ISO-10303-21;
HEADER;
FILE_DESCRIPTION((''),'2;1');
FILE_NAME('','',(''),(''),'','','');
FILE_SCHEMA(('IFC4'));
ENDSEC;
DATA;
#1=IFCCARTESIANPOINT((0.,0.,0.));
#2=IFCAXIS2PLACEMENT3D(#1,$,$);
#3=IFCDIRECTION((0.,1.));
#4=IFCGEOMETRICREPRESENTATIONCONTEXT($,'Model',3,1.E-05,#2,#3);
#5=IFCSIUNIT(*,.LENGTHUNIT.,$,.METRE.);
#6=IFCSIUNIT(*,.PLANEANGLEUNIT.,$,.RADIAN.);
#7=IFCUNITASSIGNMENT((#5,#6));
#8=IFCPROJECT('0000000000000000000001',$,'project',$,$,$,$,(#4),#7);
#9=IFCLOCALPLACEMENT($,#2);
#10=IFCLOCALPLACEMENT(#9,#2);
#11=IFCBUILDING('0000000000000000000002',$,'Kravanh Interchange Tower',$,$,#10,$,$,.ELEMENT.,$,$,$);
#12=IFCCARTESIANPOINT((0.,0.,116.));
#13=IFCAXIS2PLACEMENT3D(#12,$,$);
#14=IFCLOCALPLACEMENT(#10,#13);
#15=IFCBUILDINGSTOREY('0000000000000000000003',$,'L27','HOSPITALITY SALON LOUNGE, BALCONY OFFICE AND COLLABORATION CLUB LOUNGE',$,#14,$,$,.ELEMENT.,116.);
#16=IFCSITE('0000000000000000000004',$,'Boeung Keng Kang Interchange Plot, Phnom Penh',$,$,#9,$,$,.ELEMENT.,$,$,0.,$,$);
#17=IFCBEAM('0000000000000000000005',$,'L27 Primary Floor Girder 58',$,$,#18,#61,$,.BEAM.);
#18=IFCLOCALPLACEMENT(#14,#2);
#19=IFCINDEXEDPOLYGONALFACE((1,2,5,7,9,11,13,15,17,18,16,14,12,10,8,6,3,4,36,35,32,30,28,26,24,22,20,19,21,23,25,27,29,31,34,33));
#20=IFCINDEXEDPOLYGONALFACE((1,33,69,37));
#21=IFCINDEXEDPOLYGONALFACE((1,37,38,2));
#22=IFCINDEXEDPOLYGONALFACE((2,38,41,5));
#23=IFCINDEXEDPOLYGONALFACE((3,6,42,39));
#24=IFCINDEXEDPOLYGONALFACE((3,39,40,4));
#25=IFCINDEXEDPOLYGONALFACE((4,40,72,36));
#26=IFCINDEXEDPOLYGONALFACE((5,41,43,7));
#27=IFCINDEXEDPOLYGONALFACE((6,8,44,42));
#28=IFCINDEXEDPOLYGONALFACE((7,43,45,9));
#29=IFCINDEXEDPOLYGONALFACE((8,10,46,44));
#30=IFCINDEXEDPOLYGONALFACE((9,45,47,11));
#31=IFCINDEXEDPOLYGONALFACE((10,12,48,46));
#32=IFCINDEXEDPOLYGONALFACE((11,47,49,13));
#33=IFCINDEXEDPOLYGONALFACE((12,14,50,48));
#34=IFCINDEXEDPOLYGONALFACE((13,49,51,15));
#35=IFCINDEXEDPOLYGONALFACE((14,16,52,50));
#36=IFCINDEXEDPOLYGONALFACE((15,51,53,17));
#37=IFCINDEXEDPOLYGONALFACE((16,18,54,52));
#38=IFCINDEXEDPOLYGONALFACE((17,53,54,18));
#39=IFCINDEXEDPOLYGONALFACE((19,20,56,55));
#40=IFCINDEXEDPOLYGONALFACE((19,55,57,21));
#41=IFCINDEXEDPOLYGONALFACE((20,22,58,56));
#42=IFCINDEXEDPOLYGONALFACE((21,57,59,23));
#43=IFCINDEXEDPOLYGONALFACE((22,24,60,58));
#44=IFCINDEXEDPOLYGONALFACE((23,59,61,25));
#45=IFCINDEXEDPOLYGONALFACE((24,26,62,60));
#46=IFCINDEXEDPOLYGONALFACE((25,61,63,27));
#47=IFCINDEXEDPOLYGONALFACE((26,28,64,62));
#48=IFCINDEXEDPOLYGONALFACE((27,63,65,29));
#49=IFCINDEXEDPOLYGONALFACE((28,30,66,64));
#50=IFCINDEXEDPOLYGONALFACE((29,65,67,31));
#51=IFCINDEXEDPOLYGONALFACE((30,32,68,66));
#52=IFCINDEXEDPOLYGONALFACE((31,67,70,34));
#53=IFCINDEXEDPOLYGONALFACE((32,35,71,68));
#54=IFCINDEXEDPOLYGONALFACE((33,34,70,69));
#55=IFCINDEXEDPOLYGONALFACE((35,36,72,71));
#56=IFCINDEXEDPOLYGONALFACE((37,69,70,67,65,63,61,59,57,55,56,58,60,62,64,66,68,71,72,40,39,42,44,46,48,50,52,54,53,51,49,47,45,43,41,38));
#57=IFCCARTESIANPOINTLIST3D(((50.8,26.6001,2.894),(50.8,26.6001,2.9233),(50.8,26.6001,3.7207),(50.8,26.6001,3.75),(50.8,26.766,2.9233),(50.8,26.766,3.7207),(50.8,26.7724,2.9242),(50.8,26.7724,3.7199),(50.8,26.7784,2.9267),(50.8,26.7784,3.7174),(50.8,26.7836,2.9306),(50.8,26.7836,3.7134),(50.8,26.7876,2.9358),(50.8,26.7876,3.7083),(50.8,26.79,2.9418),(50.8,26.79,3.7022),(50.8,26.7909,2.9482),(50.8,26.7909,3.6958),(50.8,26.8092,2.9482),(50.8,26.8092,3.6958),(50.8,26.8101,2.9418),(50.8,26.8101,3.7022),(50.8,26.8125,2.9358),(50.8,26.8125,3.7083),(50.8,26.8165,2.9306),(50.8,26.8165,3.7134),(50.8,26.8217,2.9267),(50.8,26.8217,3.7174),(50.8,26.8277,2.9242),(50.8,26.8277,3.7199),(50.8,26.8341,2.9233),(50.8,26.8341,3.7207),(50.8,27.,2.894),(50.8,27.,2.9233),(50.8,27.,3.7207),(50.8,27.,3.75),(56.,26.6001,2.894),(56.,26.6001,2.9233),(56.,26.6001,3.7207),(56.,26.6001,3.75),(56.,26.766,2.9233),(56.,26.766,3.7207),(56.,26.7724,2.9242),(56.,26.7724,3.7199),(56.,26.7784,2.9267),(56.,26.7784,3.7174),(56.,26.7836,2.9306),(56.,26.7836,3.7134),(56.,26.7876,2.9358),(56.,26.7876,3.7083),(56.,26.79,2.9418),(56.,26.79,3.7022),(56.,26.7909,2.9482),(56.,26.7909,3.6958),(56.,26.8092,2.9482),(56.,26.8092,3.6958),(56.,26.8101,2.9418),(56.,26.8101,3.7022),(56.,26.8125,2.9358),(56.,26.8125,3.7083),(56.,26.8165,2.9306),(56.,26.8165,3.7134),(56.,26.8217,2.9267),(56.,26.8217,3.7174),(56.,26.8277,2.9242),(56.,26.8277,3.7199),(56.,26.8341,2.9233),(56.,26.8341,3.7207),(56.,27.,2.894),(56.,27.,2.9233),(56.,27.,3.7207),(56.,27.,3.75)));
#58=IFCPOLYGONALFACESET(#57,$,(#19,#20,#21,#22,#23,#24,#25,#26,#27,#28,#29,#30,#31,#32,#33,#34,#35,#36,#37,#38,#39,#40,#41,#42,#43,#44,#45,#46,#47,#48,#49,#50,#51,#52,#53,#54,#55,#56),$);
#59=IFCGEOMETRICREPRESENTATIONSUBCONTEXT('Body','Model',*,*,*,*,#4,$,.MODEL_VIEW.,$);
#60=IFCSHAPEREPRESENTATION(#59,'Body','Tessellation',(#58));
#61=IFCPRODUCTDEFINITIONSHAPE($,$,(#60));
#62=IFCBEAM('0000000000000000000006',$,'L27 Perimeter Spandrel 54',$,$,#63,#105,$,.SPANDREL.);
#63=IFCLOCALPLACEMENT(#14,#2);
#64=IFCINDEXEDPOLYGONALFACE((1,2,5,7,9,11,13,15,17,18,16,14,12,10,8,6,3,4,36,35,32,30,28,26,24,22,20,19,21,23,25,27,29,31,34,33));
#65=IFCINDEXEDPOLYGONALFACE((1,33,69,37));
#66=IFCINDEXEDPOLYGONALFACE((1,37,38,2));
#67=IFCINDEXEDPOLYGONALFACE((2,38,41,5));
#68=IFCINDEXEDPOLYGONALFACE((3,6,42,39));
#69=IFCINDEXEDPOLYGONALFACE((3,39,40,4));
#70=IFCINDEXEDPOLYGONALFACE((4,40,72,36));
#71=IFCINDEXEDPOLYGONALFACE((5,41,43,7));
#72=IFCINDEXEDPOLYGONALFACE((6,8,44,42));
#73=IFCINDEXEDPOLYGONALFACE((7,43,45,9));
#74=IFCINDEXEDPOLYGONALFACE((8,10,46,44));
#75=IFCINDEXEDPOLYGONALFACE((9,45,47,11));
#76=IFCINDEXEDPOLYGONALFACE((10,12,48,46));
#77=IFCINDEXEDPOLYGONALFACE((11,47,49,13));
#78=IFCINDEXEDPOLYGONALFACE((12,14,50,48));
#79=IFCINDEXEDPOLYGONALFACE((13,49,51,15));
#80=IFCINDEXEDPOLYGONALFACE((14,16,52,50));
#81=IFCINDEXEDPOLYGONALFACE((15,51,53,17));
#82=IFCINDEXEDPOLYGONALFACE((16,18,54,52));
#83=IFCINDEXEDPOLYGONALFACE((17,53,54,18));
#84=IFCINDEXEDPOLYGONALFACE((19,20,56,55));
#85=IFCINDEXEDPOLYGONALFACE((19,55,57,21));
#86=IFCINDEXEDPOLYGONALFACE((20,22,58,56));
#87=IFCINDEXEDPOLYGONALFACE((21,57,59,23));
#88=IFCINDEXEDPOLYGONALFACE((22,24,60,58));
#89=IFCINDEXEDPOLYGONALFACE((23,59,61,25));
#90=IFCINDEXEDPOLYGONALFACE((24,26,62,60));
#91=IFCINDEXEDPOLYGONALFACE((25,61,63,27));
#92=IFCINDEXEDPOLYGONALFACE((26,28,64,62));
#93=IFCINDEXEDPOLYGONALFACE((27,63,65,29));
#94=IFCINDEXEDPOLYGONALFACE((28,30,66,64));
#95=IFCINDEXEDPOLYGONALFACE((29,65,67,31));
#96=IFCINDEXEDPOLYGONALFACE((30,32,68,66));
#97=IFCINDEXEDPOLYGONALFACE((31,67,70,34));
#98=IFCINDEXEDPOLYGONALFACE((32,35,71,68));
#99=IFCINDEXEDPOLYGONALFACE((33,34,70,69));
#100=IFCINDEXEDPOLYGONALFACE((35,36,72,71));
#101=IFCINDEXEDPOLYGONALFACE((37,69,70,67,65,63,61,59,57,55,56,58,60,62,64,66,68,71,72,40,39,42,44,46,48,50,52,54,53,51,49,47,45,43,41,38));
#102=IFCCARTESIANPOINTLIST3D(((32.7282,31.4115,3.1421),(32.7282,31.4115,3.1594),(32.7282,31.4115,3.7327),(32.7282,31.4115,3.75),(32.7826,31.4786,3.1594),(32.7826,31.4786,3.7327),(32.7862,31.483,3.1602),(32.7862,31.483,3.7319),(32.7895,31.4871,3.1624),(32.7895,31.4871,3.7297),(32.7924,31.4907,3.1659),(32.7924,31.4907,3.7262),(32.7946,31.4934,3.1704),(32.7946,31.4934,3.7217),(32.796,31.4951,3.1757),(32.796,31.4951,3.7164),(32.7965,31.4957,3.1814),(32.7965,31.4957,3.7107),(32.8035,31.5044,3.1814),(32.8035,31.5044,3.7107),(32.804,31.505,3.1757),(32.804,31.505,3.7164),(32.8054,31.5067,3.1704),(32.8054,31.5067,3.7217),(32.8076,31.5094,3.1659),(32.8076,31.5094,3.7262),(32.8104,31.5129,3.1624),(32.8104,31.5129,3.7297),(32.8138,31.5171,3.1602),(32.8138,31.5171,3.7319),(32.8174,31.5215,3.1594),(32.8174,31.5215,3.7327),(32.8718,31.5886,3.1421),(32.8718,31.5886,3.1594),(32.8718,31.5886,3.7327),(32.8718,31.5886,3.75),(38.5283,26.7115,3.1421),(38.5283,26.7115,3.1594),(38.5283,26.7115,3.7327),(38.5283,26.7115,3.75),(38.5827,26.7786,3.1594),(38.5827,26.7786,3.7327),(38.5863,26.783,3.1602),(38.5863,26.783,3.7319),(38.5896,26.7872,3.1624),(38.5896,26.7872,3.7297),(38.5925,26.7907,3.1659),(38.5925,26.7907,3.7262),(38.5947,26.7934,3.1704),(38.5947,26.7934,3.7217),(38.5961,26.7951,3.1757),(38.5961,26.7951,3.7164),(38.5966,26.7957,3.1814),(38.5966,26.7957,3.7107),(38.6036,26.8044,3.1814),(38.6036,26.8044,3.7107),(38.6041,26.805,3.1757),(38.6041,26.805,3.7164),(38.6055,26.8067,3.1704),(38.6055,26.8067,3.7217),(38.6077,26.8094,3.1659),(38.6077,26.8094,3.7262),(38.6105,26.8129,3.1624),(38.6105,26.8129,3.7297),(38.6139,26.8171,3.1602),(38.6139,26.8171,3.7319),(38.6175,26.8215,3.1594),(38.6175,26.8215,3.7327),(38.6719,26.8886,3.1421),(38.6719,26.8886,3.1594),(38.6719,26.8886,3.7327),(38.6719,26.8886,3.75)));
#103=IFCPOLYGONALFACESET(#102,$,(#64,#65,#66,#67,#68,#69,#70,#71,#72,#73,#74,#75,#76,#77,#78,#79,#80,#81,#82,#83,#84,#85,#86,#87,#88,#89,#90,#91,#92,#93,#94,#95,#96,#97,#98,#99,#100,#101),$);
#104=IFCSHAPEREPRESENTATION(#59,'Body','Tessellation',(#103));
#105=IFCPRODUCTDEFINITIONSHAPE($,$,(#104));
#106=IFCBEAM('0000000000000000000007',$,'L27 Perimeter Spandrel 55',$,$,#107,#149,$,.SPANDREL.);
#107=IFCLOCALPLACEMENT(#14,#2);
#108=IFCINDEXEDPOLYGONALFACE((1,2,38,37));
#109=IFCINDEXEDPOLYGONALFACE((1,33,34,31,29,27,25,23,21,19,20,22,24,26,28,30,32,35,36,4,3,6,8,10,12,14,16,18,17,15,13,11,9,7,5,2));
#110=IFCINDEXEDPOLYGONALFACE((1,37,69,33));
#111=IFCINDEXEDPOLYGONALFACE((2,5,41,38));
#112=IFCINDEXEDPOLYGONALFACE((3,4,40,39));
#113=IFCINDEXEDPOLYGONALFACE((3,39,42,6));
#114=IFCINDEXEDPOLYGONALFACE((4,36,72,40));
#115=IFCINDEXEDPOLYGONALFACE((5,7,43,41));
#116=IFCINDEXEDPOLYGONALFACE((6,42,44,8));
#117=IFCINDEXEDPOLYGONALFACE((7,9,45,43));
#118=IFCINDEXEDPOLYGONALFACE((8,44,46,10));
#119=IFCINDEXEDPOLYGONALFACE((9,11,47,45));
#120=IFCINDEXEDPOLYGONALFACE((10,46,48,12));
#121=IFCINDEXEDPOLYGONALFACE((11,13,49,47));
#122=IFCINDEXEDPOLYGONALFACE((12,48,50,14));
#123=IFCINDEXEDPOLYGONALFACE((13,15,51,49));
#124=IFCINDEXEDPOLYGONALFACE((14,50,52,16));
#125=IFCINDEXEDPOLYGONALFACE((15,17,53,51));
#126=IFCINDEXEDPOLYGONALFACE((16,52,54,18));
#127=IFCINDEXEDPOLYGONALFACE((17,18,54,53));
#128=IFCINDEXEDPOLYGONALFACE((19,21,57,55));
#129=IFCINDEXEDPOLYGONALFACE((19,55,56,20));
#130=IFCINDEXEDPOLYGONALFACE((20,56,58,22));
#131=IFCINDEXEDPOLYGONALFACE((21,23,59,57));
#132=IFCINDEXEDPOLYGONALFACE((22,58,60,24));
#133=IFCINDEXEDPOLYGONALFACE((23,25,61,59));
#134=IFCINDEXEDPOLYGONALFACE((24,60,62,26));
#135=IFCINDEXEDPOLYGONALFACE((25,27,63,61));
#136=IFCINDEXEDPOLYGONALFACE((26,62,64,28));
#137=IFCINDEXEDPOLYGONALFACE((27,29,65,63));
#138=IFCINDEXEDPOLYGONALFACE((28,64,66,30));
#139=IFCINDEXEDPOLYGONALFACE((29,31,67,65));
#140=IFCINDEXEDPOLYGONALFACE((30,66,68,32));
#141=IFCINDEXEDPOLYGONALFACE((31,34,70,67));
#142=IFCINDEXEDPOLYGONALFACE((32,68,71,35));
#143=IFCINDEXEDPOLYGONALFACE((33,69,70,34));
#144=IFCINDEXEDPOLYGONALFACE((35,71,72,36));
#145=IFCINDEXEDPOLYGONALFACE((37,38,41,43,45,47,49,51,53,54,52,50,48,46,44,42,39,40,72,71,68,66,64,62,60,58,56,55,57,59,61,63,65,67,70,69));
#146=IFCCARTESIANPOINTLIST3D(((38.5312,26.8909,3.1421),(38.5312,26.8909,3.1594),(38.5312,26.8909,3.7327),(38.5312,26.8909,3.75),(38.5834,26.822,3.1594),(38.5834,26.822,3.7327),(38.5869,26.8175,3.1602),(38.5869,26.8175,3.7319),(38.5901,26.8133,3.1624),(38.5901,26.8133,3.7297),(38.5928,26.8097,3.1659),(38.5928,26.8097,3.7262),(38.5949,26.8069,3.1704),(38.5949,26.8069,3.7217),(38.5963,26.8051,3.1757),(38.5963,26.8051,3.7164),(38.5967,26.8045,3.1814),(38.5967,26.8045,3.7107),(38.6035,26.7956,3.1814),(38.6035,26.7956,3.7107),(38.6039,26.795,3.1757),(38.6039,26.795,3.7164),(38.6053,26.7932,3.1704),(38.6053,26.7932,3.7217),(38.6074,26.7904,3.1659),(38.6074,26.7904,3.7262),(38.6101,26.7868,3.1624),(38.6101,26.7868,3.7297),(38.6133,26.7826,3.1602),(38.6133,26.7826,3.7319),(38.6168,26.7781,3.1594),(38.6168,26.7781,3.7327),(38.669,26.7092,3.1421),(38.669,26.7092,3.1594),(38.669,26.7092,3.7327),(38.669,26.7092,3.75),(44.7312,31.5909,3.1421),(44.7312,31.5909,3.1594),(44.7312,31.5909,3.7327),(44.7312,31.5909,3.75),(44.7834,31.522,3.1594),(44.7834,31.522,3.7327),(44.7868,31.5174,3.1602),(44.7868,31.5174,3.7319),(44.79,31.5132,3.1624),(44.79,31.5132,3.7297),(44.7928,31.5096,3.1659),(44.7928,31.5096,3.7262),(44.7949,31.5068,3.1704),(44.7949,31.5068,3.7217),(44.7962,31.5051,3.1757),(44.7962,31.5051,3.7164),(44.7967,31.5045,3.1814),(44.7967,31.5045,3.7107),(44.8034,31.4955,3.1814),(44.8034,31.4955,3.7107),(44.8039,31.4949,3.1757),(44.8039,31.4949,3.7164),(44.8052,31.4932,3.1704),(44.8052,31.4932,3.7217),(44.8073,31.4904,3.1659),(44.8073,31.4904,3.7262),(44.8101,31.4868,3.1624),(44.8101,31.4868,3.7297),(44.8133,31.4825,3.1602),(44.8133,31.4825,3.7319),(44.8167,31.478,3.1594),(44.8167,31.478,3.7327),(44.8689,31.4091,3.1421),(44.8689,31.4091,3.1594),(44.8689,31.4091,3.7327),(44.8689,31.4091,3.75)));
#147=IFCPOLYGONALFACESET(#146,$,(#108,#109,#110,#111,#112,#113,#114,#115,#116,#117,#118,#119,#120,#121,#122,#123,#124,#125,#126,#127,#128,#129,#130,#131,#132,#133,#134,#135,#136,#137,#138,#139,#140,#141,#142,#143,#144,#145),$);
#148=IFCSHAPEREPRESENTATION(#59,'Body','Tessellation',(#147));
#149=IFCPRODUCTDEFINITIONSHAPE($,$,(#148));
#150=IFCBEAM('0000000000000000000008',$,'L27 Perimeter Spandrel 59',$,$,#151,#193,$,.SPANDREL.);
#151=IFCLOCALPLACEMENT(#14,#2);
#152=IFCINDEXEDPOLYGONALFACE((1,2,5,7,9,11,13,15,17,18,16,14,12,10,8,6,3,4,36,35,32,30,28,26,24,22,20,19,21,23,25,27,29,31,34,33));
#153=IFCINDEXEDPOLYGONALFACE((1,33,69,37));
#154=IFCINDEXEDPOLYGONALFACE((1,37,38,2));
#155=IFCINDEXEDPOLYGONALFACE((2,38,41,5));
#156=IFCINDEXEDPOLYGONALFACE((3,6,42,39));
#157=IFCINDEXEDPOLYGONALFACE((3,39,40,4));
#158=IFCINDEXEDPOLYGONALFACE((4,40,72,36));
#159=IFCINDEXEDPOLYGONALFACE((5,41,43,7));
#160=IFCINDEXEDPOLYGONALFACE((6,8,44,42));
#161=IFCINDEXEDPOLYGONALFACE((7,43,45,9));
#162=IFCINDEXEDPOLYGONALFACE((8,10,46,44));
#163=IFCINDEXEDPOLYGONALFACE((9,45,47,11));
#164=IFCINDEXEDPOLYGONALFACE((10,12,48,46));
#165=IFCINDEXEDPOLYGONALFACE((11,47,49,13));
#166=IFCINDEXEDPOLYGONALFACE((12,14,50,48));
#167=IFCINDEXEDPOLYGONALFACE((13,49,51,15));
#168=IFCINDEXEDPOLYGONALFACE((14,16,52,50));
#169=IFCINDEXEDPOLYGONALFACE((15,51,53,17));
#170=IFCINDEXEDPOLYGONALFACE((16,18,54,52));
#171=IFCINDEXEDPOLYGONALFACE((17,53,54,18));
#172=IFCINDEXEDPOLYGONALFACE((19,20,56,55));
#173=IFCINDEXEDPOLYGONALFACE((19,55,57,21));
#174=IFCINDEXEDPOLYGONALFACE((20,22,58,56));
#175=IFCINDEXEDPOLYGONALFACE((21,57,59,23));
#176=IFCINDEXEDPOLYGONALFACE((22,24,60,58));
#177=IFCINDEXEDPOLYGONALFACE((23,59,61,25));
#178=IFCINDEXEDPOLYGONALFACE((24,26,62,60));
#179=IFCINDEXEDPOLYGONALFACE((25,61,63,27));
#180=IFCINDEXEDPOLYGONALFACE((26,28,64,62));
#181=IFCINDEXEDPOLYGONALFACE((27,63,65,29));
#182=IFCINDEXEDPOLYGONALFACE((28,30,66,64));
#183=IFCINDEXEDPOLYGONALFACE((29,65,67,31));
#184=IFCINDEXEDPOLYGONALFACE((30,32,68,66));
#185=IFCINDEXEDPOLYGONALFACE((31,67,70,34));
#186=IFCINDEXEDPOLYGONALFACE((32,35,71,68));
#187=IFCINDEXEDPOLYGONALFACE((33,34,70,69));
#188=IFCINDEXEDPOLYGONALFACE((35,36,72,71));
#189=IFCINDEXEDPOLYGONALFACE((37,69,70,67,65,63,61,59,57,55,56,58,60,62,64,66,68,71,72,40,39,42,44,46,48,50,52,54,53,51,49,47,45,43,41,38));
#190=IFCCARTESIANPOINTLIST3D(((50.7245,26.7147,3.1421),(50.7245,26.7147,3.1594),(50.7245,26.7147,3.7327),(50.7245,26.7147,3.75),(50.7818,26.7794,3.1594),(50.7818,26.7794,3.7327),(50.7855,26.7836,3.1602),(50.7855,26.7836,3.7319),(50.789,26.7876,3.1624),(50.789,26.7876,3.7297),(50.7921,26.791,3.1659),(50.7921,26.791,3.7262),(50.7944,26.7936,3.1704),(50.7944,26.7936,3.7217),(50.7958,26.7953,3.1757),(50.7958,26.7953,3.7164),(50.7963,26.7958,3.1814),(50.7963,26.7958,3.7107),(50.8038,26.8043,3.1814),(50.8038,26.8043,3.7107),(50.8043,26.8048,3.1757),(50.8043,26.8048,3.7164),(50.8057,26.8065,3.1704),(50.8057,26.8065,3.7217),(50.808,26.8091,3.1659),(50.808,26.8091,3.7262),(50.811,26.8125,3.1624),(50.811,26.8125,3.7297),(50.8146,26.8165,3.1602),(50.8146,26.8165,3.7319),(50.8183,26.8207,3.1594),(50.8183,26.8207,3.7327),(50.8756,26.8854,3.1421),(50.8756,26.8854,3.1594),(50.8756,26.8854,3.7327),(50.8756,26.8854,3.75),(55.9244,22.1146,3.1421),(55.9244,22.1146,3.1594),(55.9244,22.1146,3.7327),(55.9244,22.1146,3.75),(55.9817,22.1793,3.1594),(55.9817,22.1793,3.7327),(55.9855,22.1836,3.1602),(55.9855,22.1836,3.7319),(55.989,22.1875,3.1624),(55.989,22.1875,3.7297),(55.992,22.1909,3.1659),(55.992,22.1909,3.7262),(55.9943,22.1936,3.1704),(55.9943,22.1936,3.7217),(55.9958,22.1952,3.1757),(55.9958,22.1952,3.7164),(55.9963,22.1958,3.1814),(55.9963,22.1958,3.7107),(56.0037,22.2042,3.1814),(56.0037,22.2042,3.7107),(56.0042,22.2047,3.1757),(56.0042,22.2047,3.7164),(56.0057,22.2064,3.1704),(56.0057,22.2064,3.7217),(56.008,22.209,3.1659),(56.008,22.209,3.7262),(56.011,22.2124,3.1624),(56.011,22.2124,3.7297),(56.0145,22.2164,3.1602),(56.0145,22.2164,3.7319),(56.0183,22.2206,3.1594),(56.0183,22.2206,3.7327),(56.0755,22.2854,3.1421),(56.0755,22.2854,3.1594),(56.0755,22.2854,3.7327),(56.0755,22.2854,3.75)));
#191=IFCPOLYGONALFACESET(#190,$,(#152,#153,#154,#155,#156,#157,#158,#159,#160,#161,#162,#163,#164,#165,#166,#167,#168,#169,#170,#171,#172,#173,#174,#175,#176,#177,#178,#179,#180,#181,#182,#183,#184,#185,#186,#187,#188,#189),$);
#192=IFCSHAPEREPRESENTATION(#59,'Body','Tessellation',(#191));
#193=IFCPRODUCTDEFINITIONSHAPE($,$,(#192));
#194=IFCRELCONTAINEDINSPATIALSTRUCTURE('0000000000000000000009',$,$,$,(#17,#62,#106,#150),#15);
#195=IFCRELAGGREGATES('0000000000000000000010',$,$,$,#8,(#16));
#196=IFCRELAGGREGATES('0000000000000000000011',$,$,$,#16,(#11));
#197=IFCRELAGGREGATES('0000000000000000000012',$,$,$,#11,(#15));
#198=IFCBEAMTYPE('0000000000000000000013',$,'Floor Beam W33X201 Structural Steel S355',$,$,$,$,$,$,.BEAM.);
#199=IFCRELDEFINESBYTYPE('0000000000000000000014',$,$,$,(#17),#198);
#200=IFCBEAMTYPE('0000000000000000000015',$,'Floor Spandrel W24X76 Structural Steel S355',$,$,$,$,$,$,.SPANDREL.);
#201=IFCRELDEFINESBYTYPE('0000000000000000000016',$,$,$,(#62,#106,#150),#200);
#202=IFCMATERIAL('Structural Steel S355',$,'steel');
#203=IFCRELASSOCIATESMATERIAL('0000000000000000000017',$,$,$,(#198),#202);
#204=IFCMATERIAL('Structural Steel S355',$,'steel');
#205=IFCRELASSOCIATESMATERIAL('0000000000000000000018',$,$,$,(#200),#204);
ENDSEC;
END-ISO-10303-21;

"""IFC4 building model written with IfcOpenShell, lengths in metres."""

from ifc_helpers import new_model, si_unit, direction, frame, origin, origin_2d, place, context, subcontext, project, spatial, i_section, extrude, material, material_profile, profile_set, type_object, element, save


model = new_model("IFC4")

# Units and contexts
model_context = context("Model", 3, precision=1e-05, world=origin(), true_north=direction((0.0, 1.0)))
body_context = subcontext(model_context, "Body", "Model", "MODEL_VIEW")
ifc_project = project(units=[si_unit("LENGTHUNIT", "METRE"), si_unit("PLANEANGLEUNIT", "RADIAN")], contexts=[model_context])

# Site, building, storey
site_placement = place(None, origin())
site = spatial("IfcSite", under=ifc_project, at=site_placement, Name="Boeung Keng Kang Interchange Plot, Phnom Penh", CompositionType="ELEMENT", RefElevation=0.0)
building_placement = place(site_placement, origin())
building = spatial("IfcBuilding", under=site, at=building_placement, Name="Kravanh Interchange Tower", CompositionType="ELEMENT")
storey_placement = place(building_placement, frame((0.0, 0.0, 116.0)))
storey = spatial("IfcBuildingStorey", under=building, at=storey_placement, Name="L27", Description="HOSPITALITY SALON LOUNGE, BALCONY OFFICE AND COLLABORATION CLUB LOUNGE", CompositionType="ELEMENT", Elevation=116.0)

# Beams
ifc_material_1 = material(Name="Structural Steel S355", Category="steel")
ifc_material_profile_1 = material_profile(ifc_material_1, i_section(OverallWidth=0.3999, OverallDepth=0.856, WebThickness=0.0183, FlangeThickness=0.0293, FilletRadius=0.0249, at=origin_2d()), Name="W33X201")
ifc_profile_set_1 = profile_set([ifc_material_profile_1], Name="Structural Steel S355")
beam_type_1 = type_object("IfcBeamType", Name="Floor Beam W33X201 Structural Steel S355", PredefinedType="BEAM", material=ifc_profile_set_1)
beam_1_placement = place(storey_placement, frame((50.8, 26.8, 3.322), z_axis=(1.0, 0.0, 0.0), x_axis=(0.0, 1.0, 0.0)))
element("IfcBeam", 1, at=beam_1_placement, inside=storey, type_object=beam_type_1, Name="L27 Primary Floor Girder 58", PredefinedType="BEAM", context=body_context, shape_type="SweptSolid", body=[
    extrude(i_section(OverallWidth=0.3999, OverallDepth=0.856, WebThickness=0.0183, FlangeThickness=0.0293, FilletRadius=0.0249, at=origin_2d()), origin(), (0.0, 0.0, 1.0), 5.2),
])
ifc_material_2 = material(Name="Structural Steel S355", Category="steel")
ifc_material_profile_2 = material_profile(ifc_material_2, i_section(OverallWidth=0.228, OverallDepth=0.6079, WebThickness=0.0112, FlangeThickness=0.0173, FilletRadius=0.022, at=origin_2d()), Name="W24X76")
ifc_profile_set_2 = profile_set([ifc_material_profile_2], Name="Structural Steel S355")
beam_type_2 = type_object("IfcBeamType", Name="Floor Spandrel W24X76 Structural Steel S355", PredefinedType="SPANDREL", material=ifc_profile_set_2)
beam_2_placement = place(storey_placement, frame((38.6001, 26.8, 3.446), z_axis=(-0.776939, 0.629576, 0.0), x_axis=(-0.629576, -0.776939, 0.0)))
element("IfcBeam", 2, at=beam_2_placement, inside=storey, type_object=beam_type_2, Name="L27 Perimeter Spandrel 54", PredefinedType="SPANDREL", context=body_context, shape_type="SweptSolid", body=[
    extrude(i_section(OverallWidth=0.228, OverallDepth=0.6079, WebThickness=0.0112, FlangeThickness=0.0173, FilletRadius=0.022, at=origin_2d()), origin(), (0.0, 0.0, 1.0), 7.4653),
])
beam_3_placement = place(storey_placement, frame((38.6001, 26.8, 3.446), z_axis=(0.796905, 0.604104, 0.0), x_axis=(-0.604104, 0.796905, 0.0)))
element("IfcBeam", 3, at=beam_3_placement, inside=storey, type_object=beam_type_2, Name="L27 Perimeter Spandrel 55", PredefinedType="SPANDREL", context=body_context, shape_type="SweptSolid", body=[
    extrude(i_section(OverallWidth=0.228, OverallDepth=0.6079, WebThickness=0.0112, FlangeThickness=0.0173, FilletRadius=0.022, at=origin_2d()), origin(), (0.0, 0.0, 1.0), 7.78),
])
beam_4_placement = place(storey_placement, frame((50.8, 26.8, 3.446), z_axis=(0.748986, -0.662585, 0.0), x_axis=(0.662585, 0.748986, 0.0)))
element("IfcBeam", 4, at=beam_4_placement, inside=storey, type_object=beam_type_2, Name="L27 Perimeter Spandrel 59", PredefinedType="SPANDREL", context=body_context, shape_type="SweptSolid", body=[
    extrude(i_section(OverallWidth=0.228, OverallDepth=0.6079, WebThickness=0.0112, FlangeThickness=0.0173, FilletRadius=0.022, at=origin_2d()), origin(), (0.0, 0.0, 1.0), 6.9426),
])

save(model, "model.ifc")
